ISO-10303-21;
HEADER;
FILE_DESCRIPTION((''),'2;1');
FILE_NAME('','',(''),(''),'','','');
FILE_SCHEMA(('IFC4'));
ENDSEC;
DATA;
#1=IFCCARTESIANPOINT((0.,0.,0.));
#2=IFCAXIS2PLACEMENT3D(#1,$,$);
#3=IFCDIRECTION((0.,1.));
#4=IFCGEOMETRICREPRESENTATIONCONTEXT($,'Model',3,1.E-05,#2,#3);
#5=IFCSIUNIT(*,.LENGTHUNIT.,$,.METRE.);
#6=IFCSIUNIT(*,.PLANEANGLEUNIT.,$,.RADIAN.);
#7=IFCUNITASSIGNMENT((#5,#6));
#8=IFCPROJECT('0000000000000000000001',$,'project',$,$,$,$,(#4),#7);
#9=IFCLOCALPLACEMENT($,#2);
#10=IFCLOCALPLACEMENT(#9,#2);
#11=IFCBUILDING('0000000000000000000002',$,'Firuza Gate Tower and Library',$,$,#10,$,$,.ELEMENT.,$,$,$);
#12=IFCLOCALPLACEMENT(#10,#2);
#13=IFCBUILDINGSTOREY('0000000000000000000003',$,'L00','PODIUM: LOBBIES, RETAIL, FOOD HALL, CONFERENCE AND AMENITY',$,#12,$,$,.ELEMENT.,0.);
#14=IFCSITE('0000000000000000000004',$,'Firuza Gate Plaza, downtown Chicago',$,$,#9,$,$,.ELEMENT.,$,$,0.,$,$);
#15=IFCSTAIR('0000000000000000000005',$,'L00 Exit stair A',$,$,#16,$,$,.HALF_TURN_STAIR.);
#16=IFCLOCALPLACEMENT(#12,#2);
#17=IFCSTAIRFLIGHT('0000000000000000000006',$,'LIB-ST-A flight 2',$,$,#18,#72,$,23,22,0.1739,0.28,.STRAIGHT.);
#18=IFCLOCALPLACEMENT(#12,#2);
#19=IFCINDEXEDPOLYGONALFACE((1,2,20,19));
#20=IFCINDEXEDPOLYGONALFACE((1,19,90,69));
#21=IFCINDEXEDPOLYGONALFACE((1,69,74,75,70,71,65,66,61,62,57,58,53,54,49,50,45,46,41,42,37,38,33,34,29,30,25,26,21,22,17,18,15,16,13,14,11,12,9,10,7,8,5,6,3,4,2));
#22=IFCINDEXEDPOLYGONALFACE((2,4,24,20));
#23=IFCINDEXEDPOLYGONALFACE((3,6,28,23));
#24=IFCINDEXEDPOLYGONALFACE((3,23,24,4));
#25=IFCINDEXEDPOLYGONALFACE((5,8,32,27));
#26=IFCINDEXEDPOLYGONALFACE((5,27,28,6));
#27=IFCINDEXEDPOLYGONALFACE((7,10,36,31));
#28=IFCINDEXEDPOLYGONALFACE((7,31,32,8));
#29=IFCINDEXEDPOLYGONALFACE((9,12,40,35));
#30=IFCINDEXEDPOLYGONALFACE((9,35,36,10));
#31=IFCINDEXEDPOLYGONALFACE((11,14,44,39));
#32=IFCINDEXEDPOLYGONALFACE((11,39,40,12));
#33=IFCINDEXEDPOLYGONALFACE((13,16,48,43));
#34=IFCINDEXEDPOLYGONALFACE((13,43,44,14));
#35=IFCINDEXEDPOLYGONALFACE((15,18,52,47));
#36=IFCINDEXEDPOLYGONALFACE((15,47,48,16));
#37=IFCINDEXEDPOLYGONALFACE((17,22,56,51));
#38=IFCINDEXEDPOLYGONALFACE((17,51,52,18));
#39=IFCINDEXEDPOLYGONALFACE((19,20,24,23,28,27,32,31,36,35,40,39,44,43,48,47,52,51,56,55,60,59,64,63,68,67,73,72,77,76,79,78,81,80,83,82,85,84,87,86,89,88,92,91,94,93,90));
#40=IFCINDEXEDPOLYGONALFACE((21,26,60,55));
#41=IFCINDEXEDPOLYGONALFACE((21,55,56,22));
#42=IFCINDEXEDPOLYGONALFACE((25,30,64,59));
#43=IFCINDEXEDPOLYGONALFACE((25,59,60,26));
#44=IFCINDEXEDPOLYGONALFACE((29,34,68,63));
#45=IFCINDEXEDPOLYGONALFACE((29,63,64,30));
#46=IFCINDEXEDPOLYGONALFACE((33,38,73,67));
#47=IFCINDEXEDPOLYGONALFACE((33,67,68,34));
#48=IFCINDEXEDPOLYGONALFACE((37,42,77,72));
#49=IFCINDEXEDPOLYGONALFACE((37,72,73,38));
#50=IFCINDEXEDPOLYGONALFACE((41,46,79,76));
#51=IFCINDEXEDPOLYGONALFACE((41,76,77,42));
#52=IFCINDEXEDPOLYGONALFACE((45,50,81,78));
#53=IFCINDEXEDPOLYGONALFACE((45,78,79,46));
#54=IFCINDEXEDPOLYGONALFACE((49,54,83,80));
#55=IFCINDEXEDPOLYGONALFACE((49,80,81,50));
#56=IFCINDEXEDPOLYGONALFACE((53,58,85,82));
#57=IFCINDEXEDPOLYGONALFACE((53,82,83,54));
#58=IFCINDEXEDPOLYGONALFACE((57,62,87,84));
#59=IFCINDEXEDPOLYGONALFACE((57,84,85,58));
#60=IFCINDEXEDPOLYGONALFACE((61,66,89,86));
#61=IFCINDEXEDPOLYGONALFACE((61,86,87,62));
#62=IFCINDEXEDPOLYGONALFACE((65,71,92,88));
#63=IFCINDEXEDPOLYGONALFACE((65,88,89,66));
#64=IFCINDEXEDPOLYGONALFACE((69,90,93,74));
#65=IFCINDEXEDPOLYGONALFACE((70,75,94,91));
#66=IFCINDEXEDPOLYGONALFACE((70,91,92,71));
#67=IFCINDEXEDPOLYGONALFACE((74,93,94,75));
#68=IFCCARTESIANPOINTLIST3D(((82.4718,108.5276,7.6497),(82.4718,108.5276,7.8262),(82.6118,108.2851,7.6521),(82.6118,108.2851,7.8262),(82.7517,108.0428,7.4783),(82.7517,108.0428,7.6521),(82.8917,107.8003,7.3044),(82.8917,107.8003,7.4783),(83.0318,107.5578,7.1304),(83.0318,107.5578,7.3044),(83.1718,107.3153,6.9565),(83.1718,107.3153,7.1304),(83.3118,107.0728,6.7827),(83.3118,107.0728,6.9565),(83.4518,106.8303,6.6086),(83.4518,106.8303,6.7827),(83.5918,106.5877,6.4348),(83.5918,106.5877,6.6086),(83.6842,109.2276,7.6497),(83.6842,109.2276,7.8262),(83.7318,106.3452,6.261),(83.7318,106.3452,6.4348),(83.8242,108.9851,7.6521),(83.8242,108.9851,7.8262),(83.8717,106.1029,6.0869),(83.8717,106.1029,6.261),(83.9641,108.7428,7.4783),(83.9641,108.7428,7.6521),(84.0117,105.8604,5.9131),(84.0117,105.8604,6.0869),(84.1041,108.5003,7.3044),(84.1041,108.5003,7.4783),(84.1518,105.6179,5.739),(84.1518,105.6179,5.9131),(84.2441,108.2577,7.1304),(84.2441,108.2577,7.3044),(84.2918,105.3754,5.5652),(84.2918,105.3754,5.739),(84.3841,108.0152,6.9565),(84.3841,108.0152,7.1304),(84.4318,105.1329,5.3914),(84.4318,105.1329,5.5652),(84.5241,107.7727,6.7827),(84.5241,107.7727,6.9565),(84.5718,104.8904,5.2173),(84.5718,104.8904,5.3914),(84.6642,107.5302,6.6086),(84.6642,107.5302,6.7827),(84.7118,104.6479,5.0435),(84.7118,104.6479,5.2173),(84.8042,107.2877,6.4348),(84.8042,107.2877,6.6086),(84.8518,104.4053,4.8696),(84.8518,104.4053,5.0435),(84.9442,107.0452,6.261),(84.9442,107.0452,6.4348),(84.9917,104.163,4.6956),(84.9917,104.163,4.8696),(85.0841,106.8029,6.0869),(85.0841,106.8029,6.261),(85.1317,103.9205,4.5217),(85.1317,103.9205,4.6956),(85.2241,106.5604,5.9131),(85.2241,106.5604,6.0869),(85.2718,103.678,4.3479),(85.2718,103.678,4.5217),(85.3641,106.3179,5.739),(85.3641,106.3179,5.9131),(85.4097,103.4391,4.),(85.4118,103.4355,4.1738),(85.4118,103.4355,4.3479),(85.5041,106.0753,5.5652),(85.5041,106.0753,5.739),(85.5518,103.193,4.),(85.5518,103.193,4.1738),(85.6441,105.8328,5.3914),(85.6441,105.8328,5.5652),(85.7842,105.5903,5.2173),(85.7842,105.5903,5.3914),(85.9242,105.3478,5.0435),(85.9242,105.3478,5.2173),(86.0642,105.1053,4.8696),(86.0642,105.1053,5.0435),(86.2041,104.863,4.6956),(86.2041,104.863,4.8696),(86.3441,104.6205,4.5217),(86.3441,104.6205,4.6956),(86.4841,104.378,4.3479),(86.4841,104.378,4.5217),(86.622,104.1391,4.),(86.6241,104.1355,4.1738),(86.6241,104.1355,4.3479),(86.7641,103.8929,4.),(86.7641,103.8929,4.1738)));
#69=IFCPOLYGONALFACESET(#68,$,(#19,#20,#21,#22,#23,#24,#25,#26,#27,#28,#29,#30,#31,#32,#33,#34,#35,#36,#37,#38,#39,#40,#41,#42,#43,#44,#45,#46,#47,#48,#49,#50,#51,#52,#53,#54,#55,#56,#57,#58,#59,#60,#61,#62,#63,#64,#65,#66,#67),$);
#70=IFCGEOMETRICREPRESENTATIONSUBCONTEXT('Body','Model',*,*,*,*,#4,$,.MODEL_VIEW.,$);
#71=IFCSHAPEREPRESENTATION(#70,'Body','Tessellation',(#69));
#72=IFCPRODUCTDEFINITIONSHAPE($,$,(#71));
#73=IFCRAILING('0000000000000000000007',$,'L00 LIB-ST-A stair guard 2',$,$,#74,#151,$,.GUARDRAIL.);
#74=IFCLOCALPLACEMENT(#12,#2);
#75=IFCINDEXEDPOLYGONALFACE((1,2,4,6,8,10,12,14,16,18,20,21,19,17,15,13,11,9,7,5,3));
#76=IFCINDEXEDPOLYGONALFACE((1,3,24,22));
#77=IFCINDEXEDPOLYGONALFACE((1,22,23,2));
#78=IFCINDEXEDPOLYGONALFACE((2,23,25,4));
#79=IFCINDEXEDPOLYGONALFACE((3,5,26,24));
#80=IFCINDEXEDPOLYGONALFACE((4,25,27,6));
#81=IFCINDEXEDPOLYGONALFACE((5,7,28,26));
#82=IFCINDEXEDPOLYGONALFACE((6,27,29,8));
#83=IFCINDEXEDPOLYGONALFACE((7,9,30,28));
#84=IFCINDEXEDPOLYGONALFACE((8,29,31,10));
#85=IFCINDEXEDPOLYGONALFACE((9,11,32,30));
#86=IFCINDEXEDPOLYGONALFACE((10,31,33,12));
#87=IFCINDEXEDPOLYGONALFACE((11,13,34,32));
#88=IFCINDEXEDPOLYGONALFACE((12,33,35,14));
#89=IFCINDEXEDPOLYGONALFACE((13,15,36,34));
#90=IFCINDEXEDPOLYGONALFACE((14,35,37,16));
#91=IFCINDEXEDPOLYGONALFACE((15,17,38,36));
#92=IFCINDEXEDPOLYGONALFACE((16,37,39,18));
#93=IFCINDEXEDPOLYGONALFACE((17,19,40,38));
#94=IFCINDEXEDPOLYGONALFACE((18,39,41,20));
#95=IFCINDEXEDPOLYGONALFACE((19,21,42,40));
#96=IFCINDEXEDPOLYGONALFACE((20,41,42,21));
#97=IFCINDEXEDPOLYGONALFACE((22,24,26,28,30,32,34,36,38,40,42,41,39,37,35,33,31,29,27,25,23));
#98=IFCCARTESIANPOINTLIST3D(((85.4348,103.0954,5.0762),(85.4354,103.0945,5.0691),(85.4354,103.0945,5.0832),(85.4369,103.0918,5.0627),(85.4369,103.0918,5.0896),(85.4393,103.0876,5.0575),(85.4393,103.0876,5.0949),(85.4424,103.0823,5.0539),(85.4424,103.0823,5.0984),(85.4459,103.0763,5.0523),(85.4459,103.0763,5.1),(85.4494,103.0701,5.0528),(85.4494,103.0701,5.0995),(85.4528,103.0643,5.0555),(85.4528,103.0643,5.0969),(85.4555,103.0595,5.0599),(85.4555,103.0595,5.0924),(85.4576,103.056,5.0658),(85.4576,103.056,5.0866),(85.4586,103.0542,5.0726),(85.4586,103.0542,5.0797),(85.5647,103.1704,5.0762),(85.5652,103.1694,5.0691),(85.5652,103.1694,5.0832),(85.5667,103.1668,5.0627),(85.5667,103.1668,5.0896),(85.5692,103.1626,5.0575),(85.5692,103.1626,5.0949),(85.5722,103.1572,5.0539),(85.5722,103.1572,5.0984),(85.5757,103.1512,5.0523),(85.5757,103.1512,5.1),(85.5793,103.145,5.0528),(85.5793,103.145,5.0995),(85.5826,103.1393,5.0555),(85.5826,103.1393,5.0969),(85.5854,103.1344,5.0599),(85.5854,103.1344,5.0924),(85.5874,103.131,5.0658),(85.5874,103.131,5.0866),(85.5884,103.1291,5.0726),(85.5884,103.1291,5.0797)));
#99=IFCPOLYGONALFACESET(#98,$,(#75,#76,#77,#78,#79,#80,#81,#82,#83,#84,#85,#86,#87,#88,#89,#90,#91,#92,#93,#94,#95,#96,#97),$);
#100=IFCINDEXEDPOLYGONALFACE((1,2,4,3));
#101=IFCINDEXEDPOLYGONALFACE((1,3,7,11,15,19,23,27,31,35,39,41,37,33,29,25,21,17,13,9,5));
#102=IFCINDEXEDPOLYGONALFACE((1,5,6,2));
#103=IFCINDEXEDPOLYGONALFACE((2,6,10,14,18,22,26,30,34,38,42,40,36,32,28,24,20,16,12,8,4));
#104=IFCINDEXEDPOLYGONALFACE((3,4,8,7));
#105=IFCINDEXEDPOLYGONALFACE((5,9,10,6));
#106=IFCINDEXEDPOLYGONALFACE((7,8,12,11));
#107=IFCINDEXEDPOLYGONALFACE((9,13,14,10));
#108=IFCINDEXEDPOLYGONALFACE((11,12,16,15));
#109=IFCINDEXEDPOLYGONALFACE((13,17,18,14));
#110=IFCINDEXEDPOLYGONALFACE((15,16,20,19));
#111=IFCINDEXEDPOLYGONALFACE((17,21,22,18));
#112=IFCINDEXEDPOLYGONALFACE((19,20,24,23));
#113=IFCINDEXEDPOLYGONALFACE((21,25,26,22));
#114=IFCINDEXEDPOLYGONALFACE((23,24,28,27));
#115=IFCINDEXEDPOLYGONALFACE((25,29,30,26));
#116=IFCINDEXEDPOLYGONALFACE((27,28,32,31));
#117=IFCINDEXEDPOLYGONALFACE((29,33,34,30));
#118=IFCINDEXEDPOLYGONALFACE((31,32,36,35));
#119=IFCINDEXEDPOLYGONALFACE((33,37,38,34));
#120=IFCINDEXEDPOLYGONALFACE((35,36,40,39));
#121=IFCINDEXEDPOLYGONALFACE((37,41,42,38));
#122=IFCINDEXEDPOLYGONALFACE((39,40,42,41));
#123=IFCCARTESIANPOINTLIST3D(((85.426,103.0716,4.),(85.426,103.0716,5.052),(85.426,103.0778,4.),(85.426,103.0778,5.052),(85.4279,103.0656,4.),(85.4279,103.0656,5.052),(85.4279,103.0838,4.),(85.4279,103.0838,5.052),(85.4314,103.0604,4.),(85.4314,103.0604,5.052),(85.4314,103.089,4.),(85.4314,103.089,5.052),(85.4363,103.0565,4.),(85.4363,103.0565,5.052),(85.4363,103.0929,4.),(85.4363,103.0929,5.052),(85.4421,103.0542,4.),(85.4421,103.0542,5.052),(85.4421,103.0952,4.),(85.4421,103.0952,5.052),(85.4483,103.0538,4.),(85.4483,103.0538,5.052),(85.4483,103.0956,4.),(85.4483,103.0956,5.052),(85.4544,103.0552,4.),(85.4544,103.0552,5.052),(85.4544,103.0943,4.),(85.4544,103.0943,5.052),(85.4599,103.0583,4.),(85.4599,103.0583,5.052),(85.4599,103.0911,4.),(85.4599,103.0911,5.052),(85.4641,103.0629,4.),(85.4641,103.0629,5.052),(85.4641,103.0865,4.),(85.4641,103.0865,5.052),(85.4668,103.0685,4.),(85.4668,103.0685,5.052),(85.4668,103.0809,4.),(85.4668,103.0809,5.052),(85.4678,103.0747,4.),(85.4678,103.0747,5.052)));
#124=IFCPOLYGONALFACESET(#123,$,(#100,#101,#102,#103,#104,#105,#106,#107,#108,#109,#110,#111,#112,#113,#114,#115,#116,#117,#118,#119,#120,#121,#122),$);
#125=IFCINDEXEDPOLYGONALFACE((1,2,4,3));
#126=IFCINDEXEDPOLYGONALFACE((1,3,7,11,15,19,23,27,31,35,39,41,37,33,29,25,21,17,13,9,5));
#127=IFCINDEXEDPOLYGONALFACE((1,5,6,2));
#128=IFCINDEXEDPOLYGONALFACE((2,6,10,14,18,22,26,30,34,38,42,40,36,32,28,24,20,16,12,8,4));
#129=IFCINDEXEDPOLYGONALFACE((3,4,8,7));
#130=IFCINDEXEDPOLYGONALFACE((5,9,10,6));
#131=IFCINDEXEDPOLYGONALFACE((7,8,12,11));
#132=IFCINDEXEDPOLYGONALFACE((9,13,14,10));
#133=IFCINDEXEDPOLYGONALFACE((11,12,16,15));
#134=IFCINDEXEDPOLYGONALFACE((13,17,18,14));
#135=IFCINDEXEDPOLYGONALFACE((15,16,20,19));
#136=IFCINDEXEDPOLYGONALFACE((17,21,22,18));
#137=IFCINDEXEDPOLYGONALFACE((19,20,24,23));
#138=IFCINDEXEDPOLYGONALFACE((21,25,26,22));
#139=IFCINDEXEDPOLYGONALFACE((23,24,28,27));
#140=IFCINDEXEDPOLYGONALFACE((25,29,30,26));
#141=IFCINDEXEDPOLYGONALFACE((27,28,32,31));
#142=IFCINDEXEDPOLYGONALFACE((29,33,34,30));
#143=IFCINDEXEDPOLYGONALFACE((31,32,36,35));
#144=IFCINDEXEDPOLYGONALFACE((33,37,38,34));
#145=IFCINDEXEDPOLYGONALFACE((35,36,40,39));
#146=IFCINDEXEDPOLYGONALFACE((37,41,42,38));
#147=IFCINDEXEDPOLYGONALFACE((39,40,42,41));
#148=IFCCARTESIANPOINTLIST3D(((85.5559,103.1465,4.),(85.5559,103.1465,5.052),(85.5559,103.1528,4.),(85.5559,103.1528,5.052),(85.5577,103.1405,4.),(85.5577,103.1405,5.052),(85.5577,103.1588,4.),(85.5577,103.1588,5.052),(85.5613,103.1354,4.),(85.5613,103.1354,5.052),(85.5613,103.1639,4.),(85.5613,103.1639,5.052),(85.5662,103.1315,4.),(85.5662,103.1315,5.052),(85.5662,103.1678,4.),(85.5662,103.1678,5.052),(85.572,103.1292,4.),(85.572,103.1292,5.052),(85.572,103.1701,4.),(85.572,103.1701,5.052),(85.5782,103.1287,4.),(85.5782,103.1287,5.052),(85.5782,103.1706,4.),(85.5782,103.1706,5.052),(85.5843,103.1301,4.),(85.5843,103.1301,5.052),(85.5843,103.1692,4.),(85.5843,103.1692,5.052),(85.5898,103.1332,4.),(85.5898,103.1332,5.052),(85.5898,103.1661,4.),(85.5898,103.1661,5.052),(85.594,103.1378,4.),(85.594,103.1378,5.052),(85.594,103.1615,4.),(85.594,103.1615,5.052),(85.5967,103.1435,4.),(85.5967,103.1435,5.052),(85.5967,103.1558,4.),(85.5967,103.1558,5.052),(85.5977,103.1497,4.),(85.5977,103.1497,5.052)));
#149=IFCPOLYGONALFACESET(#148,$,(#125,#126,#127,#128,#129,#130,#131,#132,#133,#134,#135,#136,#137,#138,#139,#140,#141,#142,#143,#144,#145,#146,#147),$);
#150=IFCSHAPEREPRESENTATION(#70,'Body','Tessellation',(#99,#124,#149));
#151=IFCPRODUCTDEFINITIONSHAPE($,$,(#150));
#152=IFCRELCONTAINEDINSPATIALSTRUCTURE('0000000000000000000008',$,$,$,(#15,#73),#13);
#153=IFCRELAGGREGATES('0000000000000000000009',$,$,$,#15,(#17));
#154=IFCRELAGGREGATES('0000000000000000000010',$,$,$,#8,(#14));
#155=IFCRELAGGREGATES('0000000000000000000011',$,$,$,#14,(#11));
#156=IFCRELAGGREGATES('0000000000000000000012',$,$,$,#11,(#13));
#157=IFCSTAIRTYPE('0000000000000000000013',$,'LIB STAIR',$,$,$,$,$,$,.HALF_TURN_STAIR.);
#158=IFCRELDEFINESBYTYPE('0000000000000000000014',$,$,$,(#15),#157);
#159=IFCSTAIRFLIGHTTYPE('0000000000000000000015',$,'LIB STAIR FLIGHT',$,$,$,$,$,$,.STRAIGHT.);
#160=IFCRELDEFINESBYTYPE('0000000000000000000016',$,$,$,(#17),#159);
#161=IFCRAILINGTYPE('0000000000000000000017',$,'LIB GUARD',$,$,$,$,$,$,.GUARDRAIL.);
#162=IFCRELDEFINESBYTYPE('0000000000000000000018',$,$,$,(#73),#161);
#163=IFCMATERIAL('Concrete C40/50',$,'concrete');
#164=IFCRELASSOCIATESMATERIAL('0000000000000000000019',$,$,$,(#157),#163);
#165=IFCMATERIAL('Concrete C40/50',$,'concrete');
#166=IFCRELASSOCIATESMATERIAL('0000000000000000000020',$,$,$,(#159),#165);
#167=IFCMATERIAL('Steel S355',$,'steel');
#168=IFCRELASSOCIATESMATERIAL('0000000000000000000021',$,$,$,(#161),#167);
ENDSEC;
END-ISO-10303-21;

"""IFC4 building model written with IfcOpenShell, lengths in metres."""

from ifc_helpers import new_model, si_unit, direction, frame, origin, origin_2d, place, context, subcontext, project, spatial, polyline, circle, outline, extrude, material, type_object, element, aggregate, save


model = new_model("IFC4")

# Units and contexts
model_context = context("Model", 3, precision=1e-05, world=origin(), true_north=direction((0.0, 1.0)))
body_context = subcontext(model_context, "Body", "Model", "MODEL_VIEW")
ifc_project = project(units=[si_unit("LENGTHUNIT", "METRE"), si_unit("PLANEANGLEUNIT", "RADIAN")], contexts=[model_context])

# Site, building, storey
site_placement = place(None, origin())
site = spatial("IfcSite", under=ifc_project, at=site_placement, Name="Firuza Gate Plaza, downtown Chicago", CompositionType="ELEMENT", RefElevation=0.0)
building_placement = place(site_placement, origin())
building = spatial("IfcBuilding", under=site, at=building_placement, Name="Firuza Gate Tower and Library", CompositionType="ELEMENT")
storey_placement = place(building_placement, origin())
storey = spatial("IfcBuildingStorey", under=building, at=storey_placement, Name="L00", Description="PODIUM: LOBBIES, RETAIL, FOOD HALL, CONFERENCE AND AMENITY", CompositionType="ELEMENT", Elevation=0.0)

# Stair, stair flight
ifc_material_1 = material(Name="Concrete C40/50", Category="concrete")
stair_type = type_object("IfcStairType", Name="LIB STAIR", PredefinedType="HALF_TURN_STAIR", material=ifc_material_1)
stair_placement = place(storey_placement, origin())
stair = element("IfcStair", 1, at=stair_placement, inside=storey, type_object=stair_type, Name="L00 Exit stair A", PredefinedType="HALF_TURN_STAIR")
ifc_material_2 = material(Name="Concrete C40/50", Category="concrete")
stair_flight_type = type_object("IfcStairFlightType", Name="LIB STAIR FLIGHT", PredefinedType="STRAIGHT", material=ifc_material_2)
stair_flight_1_placement = place(storey_placement, frame((86.158, 103.543, 4.0), z_axis=(0.0, 0.0, 1.0), x_axis=(-0.5, 0.866025, 0.0)))
stair_flight_1 = element("IfcStairFlight", 2, at=stair_flight_1_placement, type_object=stair_flight_type, Name="LIB-ST-A flight 2", NumberOfRisers=23, NumberOfTreads=22, PredefinedType="STRAIGHT", RiserHeight=0.1739, TreadLength=0.28, context=body_context, shape_type="SweptSolid", body=[
    extrude(outline(polyline([(0.0, 0.0), (0.0, 0.1738), (0.28, 0.1738), (0.28, 0.3479), (0.5601, 0.3479), (0.5601, 0.5217), (0.8401, 0.5217), (0.8401, 0.6956), (1.1201, 0.6956), (1.1201, 0.8696), (1.3999, 0.8696), (1.3999, 1.0435), (1.6799, 1.0435), (1.6799, 1.2173), (1.96, 1.2173), (1.96, 1.3914), (2.24, 1.3914), (2.24, 1.5652), (2.52, 1.5652), (2.52, 1.739), (2.8, 1.739), (2.8, 1.9131), (3.0801, 1.9131), (3.0801, 2.0869), (3.3601, 2.0869), (3.3601, 2.261), (3.6399, 2.261), (3.6399, 2.4348), (3.9199, 2.4348), (3.9199, 2.6086), (4.2, 2.6086), (4.2, 2.7827), (4.48, 2.7827), (4.48, 2.9565), (4.76, 2.9565), (4.76, 3.1304), (5.04, 3.1304), (5.04, 3.3044), (5.3201, 3.3044), (5.3201, 3.4783), (5.6001, 3.4783), (5.6001, 3.6521), (5.8799, 3.6521), (5.8799, 3.8262), (6.1599, 3.8262), (6.1599, 4.0), (6.1599, 3.6497), (0.2842, 0.0), (0.0, 0.0)])), frame((0.0, 0.7, 0.0), z_axis=(0.0, -1.0, 0.0), x_axis=(1.0, 0.0, 0.0)), (0.0, 0.0, 1.0), 1.3999),
])
aggregate(stair, [stair_flight_1])

# Railing
ifc_material_3 = material(Name="Steel S355", Category="steel")
railing_type_1 = type_object("IfcRailingType", Name="LIB GUARD", PredefinedType="GUARDRAIL", material=ifc_material_3)
railing_1_placement = place(storey_placement, frame((85.4468, 103.0747, 4.0)))
element("IfcRailing", 3, at=railing_1_placement, inside=storey, type_object=railing_type_1, Name="L00 LIB-ST-A stair guard 2", PredefinedType="GUARDRAIL", context=body_context, shape_type="SweptSolid", body=[
    extrude(circle(Radius=0.0239, at=origin_2d()), frame((0.0, 0.0, 1.0762), z_axis=(0.866131, 0.499816, 0.0), x_axis=(-0.499816, 0.866131, 0.0)), (0.0, 0.0, 1.0), 0.1499),
    extrude(circle(Radius=0.021, at=origin_2d()), origin(), (0.0, 0.0, 1.0), 1.052),
    extrude(circle(Radius=0.021, at=origin_2d()), frame((0.1299, 0.075, 0.0)), (0.0, 0.0, 1.0), 1.052),
])

save(model, "model.ifc")
